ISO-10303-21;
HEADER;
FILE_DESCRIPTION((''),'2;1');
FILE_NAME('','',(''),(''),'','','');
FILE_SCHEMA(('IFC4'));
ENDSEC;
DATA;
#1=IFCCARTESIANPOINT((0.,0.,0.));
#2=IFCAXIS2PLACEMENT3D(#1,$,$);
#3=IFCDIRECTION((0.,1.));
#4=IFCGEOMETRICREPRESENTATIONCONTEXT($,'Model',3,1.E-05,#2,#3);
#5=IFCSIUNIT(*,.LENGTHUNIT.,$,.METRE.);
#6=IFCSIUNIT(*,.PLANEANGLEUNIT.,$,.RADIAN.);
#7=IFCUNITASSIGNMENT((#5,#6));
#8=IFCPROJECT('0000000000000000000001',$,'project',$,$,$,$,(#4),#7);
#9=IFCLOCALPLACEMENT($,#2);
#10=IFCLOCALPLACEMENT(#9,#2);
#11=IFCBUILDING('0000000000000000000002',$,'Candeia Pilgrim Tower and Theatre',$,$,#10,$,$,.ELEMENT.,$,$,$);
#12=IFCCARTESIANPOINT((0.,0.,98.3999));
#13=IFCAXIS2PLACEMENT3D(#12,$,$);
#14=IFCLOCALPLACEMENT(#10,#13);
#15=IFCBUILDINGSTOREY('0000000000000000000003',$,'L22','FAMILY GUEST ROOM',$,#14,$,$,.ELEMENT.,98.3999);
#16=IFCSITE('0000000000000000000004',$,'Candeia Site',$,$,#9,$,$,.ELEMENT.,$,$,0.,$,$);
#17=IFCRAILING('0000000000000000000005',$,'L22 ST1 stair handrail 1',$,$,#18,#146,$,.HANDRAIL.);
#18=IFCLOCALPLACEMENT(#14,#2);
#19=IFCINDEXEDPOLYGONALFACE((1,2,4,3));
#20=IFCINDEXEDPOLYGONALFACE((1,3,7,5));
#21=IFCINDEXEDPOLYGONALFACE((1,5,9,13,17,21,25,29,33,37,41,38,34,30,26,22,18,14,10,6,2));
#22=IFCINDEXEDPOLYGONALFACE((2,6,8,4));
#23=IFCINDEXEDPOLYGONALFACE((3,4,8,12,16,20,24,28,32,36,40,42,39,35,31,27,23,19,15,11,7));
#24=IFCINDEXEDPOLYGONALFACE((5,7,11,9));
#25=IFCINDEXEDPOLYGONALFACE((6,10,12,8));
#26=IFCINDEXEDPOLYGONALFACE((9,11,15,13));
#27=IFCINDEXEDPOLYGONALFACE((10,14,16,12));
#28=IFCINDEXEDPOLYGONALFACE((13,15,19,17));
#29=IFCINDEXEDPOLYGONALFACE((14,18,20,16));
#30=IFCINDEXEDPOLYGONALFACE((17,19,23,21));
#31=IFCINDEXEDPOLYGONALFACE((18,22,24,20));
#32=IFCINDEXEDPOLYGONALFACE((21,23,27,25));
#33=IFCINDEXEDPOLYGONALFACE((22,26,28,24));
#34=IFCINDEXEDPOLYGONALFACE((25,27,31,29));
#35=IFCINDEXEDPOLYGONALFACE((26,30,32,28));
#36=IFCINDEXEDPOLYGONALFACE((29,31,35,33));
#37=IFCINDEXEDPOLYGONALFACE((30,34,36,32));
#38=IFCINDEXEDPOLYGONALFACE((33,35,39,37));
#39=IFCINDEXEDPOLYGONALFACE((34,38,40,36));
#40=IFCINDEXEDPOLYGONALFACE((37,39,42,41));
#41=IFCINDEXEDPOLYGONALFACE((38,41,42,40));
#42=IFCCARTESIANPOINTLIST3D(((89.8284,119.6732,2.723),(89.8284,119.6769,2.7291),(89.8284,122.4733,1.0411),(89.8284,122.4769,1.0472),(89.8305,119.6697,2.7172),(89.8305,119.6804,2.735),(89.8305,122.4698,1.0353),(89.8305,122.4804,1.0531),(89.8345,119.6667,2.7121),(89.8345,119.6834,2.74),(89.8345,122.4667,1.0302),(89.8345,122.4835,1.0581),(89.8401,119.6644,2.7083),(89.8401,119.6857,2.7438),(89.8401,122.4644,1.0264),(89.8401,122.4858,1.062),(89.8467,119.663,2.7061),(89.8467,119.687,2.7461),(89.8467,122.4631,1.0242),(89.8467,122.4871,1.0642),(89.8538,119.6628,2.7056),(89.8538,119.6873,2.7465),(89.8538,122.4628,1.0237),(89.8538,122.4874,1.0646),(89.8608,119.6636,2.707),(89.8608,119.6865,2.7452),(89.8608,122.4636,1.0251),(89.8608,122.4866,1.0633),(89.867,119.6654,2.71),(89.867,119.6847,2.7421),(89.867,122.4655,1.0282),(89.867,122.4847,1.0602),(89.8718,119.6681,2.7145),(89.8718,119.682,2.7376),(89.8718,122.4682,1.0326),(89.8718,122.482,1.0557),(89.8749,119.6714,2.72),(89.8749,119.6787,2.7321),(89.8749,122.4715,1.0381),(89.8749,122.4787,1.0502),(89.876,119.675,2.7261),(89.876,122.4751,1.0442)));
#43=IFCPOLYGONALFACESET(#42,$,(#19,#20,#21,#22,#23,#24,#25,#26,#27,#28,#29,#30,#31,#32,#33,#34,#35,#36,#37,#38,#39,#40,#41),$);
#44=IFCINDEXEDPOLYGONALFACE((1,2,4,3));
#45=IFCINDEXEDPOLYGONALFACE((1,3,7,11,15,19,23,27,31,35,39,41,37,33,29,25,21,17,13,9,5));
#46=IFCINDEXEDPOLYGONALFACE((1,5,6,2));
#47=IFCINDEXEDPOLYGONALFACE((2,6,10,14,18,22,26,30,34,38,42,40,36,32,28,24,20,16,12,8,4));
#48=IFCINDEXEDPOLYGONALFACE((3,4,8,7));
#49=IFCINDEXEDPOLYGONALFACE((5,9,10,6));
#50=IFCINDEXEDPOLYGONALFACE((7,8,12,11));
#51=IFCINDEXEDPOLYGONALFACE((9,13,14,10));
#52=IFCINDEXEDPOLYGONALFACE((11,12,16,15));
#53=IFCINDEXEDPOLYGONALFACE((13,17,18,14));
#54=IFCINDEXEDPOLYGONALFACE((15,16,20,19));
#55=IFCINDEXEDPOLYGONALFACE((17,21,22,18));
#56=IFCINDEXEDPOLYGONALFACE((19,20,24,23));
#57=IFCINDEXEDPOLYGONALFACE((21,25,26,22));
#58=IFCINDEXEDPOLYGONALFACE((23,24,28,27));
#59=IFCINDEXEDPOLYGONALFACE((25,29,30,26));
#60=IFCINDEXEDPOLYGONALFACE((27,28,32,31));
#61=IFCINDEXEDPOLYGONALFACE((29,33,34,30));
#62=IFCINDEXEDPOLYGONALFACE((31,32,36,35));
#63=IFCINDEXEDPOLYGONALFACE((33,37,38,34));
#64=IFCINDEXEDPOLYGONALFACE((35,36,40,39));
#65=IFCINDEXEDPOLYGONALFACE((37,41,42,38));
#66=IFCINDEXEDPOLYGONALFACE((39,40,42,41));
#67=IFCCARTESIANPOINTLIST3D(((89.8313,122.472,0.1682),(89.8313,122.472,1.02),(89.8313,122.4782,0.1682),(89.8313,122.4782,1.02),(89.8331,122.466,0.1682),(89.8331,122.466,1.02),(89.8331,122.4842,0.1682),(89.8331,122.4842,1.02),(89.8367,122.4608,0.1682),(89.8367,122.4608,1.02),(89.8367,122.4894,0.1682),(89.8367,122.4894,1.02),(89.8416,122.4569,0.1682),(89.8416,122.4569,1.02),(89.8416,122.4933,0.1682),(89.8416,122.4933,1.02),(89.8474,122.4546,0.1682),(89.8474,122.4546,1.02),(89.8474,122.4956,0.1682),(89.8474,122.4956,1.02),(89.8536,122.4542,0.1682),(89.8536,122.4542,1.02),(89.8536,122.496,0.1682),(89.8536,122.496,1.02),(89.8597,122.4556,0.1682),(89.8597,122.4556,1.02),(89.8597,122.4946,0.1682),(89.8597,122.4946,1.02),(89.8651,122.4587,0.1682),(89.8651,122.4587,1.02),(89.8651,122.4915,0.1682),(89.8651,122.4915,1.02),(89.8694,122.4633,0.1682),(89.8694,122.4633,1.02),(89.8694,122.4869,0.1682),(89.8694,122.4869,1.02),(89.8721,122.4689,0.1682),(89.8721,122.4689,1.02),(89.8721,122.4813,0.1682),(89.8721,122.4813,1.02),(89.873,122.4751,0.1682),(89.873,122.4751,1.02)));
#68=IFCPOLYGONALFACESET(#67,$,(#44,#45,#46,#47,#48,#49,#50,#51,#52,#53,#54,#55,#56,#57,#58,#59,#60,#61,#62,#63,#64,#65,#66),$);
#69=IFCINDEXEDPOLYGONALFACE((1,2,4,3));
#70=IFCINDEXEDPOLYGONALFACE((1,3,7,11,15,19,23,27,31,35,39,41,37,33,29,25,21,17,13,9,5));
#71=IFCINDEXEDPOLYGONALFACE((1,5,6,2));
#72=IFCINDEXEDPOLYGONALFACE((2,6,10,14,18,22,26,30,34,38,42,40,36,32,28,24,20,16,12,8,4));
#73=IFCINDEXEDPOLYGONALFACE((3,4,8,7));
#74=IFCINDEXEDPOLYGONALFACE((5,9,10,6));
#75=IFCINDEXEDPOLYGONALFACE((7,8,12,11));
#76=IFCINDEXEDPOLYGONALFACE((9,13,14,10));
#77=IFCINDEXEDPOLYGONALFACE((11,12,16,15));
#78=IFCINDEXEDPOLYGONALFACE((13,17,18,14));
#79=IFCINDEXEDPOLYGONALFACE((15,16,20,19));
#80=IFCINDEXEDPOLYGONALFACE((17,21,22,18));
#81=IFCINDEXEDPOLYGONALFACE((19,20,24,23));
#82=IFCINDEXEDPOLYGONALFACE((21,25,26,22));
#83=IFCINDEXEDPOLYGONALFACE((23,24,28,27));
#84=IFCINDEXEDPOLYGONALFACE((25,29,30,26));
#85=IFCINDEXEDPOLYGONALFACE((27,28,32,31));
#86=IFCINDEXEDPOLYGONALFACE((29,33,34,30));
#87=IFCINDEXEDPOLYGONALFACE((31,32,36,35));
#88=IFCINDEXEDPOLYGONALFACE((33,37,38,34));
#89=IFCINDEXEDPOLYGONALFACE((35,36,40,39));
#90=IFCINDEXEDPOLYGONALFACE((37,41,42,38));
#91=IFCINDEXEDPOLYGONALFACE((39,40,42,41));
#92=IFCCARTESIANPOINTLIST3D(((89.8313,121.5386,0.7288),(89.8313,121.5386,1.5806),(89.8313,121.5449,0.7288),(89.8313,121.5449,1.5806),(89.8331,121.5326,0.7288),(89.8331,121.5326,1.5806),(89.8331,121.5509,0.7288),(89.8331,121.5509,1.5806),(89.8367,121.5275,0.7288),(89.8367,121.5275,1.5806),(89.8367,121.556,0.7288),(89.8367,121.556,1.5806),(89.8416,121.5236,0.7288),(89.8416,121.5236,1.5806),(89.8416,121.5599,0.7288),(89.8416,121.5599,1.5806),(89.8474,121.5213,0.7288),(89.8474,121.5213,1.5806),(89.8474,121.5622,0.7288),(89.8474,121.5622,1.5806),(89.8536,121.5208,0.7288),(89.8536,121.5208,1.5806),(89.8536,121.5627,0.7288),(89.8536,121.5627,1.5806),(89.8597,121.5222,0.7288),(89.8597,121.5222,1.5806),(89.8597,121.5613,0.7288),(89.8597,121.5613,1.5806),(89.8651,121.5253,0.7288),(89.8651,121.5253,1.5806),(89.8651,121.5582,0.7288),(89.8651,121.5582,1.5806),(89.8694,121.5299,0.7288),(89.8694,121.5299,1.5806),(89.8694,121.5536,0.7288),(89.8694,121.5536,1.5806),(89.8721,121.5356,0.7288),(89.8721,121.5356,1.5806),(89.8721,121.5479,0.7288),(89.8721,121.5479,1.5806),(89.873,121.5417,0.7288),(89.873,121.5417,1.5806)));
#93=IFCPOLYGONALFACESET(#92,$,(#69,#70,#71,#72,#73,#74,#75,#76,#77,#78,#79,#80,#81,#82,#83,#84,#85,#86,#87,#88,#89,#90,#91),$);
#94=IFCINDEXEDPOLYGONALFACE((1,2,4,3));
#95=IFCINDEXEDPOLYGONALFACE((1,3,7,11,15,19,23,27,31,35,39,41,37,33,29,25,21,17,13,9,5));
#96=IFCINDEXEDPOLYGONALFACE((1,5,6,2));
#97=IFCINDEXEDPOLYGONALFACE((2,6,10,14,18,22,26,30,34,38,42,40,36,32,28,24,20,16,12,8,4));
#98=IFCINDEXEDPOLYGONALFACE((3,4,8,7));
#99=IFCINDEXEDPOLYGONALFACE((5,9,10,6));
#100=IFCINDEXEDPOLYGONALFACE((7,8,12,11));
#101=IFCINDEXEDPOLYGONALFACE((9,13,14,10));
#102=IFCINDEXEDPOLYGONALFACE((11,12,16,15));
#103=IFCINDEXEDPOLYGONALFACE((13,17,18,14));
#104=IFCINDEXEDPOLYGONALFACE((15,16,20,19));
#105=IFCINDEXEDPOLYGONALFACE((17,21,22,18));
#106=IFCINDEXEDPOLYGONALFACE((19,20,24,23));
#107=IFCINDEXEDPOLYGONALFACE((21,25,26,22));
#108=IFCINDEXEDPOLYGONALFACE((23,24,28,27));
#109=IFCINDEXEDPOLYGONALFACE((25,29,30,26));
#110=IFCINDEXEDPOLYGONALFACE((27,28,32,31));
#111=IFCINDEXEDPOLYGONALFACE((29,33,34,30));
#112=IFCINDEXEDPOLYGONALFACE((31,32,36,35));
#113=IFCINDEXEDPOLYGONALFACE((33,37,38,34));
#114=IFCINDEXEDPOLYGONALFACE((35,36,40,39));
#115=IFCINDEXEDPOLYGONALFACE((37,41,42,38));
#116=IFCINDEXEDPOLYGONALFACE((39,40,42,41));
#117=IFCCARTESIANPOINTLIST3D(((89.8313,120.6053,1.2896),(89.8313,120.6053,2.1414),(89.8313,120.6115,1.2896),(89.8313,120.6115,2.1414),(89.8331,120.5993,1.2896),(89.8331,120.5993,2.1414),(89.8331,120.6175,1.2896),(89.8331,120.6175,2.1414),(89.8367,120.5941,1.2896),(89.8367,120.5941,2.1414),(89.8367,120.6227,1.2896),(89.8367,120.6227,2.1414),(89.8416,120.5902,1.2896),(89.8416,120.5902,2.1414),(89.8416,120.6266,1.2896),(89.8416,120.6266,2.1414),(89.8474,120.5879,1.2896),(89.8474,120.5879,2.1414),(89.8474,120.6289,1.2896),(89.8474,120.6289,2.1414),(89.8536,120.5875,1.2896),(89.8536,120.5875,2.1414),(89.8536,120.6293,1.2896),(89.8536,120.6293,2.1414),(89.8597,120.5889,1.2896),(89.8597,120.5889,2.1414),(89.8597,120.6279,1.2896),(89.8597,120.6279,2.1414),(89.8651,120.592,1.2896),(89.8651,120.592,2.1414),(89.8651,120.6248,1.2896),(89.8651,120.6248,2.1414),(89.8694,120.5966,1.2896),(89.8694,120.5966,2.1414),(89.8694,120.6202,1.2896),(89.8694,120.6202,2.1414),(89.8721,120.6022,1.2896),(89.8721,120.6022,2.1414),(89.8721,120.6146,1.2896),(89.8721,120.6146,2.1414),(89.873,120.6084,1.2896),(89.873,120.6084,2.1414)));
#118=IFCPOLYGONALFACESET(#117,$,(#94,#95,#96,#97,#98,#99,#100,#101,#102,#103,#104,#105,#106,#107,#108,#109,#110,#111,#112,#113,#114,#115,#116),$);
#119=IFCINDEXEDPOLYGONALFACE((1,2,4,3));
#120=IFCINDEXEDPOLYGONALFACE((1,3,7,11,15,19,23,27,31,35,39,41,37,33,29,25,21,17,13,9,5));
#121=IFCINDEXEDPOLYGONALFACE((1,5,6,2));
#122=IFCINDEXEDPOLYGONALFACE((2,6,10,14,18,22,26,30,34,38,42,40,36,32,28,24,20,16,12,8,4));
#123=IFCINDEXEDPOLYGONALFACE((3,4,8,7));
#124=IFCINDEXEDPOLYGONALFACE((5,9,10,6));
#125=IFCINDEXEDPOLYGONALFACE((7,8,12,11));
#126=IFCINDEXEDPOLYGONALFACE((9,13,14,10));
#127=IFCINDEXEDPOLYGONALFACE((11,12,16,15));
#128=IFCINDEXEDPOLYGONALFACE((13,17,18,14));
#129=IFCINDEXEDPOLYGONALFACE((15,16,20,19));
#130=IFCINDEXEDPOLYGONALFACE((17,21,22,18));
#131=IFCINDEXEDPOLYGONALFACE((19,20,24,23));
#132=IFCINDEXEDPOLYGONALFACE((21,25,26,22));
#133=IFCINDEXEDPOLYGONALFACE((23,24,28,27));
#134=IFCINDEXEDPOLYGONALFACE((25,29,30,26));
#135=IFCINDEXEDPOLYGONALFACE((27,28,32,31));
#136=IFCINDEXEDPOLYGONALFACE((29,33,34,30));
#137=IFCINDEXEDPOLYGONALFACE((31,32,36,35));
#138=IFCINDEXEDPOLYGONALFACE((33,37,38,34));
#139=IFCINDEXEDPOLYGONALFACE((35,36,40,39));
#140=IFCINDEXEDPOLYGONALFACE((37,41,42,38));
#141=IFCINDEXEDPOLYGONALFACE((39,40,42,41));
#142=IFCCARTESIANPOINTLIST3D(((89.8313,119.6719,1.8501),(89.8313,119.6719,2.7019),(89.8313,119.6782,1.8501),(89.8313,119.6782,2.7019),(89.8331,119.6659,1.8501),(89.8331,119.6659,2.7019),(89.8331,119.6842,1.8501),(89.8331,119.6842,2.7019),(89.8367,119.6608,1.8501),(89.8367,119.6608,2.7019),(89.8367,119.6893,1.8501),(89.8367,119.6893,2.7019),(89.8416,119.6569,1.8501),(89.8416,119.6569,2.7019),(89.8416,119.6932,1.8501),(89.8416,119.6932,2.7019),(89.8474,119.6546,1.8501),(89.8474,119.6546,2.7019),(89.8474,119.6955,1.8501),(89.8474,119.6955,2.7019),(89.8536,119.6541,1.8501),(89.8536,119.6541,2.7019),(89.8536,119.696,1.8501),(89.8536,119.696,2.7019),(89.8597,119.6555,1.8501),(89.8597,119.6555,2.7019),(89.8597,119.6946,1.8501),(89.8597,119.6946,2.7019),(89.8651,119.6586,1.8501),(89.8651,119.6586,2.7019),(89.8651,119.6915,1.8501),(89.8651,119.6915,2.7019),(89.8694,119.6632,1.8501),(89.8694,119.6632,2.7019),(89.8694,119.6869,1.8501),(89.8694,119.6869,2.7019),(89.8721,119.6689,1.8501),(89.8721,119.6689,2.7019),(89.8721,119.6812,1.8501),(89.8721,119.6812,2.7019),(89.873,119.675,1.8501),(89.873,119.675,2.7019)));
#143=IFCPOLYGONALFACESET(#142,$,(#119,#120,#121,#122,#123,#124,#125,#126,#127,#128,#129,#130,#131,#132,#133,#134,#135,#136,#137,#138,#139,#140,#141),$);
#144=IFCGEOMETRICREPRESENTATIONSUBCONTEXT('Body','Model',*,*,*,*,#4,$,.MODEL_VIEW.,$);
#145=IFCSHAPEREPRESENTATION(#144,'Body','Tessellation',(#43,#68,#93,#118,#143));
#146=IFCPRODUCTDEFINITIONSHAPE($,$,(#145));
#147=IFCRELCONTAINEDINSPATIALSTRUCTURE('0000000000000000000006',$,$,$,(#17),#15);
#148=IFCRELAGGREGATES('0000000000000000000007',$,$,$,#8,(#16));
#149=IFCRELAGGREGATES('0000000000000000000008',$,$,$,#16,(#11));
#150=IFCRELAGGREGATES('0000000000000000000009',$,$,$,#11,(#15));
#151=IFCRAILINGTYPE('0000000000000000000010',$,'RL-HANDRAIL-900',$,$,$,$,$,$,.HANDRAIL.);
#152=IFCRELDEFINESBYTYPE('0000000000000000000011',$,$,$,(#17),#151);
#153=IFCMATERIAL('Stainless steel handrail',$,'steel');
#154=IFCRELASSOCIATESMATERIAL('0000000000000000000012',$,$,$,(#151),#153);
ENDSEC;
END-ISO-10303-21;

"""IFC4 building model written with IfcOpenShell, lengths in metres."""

from ifc_helpers import new_model, si_unit, direction, frame, origin, origin_2d, place, context, subcontext, project, spatial, circle, extrude, material, type_object, element, save


model = new_model("IFC4")

# Units and contexts
model_context = context("Model", 3, precision=1e-05, world=origin(), true_north=direction((0.0, 1.0)))
body_context = subcontext(model_context, "Body", "Model", "MODEL_VIEW")
ifc_project = project(units=[si_unit("LENGTHUNIT", "METRE"), si_unit("PLANEANGLEUNIT", "RADIAN")], contexts=[model_context])

# Site, building, storey
site_placement = place(None, origin())
site = spatial("IfcSite", under=ifc_project, at=site_placement, Name="Candeia Site", CompositionType="ELEMENT", RefElevation=0.0)
building_placement = place(site_placement, origin())
building = spatial("IfcBuilding", under=site, at=building_placement, Name="Candeia Pilgrim Tower and Theatre", CompositionType="ELEMENT")
storey_placement = place(building_placement, frame((0.0, 0.0, 98.3999)))
storey = spatial("IfcBuildingStorey", under=building, at=storey_placement, Name="L22", Description="FAMILY GUEST ROOM", CompositionType="ELEMENT", Elevation=98.3999)

# Railing
ifc_material_1 = material(Name="Stainless steel handrail", Category="steel")
railing_type_1 = type_object("IfcRailingType", Name="RL-HANDRAIL-900", PredefinedType="HANDRAIL", material=ifc_material_1)
railing_1_placement = place(storey_placement, frame((89.8521, 122.4751, 0.1682)))
element("IfcRailing", 1, at=railing_1_placement, inside=storey, type_object=railing_type_1, Name="L22 ST1 stair handrail 1", PredefinedType="HANDRAIL", context=body_context, shape_type="SweptSolid", body=[
    extrude(circle(Radius=0.0239, at=origin_2d()), frame((0.0, 0.0, 0.876), z_axis=(0.0, -0.857242, 0.514913), x_axis=(1.0, 0.0, 0.0)), (0.0, 0.0, 1.0), 3.2664),
    extrude(circle(Radius=0.021, at=origin_2d()), origin(), (0.0, 0.0, 1.0), 0.8518),
    extrude(circle(Radius=0.021, at=origin_2d()), frame((0.0, -0.9333, 0.5605)), (0.0, 0.0, 1.0), 0.8518),
    extrude(circle(Radius=0.021, at=origin_2d()), frame((0.0, -1.8667, 1.1213)), (0.0, 0.0, 1.0), 0.8518),
    extrude(circle(Radius=0.021, at=origin_2d()), frame((0.0, -2.8, 1.6819)), (0.0, 0.0, 1.0), 0.8518),
])

save(model, "model.ifc")
